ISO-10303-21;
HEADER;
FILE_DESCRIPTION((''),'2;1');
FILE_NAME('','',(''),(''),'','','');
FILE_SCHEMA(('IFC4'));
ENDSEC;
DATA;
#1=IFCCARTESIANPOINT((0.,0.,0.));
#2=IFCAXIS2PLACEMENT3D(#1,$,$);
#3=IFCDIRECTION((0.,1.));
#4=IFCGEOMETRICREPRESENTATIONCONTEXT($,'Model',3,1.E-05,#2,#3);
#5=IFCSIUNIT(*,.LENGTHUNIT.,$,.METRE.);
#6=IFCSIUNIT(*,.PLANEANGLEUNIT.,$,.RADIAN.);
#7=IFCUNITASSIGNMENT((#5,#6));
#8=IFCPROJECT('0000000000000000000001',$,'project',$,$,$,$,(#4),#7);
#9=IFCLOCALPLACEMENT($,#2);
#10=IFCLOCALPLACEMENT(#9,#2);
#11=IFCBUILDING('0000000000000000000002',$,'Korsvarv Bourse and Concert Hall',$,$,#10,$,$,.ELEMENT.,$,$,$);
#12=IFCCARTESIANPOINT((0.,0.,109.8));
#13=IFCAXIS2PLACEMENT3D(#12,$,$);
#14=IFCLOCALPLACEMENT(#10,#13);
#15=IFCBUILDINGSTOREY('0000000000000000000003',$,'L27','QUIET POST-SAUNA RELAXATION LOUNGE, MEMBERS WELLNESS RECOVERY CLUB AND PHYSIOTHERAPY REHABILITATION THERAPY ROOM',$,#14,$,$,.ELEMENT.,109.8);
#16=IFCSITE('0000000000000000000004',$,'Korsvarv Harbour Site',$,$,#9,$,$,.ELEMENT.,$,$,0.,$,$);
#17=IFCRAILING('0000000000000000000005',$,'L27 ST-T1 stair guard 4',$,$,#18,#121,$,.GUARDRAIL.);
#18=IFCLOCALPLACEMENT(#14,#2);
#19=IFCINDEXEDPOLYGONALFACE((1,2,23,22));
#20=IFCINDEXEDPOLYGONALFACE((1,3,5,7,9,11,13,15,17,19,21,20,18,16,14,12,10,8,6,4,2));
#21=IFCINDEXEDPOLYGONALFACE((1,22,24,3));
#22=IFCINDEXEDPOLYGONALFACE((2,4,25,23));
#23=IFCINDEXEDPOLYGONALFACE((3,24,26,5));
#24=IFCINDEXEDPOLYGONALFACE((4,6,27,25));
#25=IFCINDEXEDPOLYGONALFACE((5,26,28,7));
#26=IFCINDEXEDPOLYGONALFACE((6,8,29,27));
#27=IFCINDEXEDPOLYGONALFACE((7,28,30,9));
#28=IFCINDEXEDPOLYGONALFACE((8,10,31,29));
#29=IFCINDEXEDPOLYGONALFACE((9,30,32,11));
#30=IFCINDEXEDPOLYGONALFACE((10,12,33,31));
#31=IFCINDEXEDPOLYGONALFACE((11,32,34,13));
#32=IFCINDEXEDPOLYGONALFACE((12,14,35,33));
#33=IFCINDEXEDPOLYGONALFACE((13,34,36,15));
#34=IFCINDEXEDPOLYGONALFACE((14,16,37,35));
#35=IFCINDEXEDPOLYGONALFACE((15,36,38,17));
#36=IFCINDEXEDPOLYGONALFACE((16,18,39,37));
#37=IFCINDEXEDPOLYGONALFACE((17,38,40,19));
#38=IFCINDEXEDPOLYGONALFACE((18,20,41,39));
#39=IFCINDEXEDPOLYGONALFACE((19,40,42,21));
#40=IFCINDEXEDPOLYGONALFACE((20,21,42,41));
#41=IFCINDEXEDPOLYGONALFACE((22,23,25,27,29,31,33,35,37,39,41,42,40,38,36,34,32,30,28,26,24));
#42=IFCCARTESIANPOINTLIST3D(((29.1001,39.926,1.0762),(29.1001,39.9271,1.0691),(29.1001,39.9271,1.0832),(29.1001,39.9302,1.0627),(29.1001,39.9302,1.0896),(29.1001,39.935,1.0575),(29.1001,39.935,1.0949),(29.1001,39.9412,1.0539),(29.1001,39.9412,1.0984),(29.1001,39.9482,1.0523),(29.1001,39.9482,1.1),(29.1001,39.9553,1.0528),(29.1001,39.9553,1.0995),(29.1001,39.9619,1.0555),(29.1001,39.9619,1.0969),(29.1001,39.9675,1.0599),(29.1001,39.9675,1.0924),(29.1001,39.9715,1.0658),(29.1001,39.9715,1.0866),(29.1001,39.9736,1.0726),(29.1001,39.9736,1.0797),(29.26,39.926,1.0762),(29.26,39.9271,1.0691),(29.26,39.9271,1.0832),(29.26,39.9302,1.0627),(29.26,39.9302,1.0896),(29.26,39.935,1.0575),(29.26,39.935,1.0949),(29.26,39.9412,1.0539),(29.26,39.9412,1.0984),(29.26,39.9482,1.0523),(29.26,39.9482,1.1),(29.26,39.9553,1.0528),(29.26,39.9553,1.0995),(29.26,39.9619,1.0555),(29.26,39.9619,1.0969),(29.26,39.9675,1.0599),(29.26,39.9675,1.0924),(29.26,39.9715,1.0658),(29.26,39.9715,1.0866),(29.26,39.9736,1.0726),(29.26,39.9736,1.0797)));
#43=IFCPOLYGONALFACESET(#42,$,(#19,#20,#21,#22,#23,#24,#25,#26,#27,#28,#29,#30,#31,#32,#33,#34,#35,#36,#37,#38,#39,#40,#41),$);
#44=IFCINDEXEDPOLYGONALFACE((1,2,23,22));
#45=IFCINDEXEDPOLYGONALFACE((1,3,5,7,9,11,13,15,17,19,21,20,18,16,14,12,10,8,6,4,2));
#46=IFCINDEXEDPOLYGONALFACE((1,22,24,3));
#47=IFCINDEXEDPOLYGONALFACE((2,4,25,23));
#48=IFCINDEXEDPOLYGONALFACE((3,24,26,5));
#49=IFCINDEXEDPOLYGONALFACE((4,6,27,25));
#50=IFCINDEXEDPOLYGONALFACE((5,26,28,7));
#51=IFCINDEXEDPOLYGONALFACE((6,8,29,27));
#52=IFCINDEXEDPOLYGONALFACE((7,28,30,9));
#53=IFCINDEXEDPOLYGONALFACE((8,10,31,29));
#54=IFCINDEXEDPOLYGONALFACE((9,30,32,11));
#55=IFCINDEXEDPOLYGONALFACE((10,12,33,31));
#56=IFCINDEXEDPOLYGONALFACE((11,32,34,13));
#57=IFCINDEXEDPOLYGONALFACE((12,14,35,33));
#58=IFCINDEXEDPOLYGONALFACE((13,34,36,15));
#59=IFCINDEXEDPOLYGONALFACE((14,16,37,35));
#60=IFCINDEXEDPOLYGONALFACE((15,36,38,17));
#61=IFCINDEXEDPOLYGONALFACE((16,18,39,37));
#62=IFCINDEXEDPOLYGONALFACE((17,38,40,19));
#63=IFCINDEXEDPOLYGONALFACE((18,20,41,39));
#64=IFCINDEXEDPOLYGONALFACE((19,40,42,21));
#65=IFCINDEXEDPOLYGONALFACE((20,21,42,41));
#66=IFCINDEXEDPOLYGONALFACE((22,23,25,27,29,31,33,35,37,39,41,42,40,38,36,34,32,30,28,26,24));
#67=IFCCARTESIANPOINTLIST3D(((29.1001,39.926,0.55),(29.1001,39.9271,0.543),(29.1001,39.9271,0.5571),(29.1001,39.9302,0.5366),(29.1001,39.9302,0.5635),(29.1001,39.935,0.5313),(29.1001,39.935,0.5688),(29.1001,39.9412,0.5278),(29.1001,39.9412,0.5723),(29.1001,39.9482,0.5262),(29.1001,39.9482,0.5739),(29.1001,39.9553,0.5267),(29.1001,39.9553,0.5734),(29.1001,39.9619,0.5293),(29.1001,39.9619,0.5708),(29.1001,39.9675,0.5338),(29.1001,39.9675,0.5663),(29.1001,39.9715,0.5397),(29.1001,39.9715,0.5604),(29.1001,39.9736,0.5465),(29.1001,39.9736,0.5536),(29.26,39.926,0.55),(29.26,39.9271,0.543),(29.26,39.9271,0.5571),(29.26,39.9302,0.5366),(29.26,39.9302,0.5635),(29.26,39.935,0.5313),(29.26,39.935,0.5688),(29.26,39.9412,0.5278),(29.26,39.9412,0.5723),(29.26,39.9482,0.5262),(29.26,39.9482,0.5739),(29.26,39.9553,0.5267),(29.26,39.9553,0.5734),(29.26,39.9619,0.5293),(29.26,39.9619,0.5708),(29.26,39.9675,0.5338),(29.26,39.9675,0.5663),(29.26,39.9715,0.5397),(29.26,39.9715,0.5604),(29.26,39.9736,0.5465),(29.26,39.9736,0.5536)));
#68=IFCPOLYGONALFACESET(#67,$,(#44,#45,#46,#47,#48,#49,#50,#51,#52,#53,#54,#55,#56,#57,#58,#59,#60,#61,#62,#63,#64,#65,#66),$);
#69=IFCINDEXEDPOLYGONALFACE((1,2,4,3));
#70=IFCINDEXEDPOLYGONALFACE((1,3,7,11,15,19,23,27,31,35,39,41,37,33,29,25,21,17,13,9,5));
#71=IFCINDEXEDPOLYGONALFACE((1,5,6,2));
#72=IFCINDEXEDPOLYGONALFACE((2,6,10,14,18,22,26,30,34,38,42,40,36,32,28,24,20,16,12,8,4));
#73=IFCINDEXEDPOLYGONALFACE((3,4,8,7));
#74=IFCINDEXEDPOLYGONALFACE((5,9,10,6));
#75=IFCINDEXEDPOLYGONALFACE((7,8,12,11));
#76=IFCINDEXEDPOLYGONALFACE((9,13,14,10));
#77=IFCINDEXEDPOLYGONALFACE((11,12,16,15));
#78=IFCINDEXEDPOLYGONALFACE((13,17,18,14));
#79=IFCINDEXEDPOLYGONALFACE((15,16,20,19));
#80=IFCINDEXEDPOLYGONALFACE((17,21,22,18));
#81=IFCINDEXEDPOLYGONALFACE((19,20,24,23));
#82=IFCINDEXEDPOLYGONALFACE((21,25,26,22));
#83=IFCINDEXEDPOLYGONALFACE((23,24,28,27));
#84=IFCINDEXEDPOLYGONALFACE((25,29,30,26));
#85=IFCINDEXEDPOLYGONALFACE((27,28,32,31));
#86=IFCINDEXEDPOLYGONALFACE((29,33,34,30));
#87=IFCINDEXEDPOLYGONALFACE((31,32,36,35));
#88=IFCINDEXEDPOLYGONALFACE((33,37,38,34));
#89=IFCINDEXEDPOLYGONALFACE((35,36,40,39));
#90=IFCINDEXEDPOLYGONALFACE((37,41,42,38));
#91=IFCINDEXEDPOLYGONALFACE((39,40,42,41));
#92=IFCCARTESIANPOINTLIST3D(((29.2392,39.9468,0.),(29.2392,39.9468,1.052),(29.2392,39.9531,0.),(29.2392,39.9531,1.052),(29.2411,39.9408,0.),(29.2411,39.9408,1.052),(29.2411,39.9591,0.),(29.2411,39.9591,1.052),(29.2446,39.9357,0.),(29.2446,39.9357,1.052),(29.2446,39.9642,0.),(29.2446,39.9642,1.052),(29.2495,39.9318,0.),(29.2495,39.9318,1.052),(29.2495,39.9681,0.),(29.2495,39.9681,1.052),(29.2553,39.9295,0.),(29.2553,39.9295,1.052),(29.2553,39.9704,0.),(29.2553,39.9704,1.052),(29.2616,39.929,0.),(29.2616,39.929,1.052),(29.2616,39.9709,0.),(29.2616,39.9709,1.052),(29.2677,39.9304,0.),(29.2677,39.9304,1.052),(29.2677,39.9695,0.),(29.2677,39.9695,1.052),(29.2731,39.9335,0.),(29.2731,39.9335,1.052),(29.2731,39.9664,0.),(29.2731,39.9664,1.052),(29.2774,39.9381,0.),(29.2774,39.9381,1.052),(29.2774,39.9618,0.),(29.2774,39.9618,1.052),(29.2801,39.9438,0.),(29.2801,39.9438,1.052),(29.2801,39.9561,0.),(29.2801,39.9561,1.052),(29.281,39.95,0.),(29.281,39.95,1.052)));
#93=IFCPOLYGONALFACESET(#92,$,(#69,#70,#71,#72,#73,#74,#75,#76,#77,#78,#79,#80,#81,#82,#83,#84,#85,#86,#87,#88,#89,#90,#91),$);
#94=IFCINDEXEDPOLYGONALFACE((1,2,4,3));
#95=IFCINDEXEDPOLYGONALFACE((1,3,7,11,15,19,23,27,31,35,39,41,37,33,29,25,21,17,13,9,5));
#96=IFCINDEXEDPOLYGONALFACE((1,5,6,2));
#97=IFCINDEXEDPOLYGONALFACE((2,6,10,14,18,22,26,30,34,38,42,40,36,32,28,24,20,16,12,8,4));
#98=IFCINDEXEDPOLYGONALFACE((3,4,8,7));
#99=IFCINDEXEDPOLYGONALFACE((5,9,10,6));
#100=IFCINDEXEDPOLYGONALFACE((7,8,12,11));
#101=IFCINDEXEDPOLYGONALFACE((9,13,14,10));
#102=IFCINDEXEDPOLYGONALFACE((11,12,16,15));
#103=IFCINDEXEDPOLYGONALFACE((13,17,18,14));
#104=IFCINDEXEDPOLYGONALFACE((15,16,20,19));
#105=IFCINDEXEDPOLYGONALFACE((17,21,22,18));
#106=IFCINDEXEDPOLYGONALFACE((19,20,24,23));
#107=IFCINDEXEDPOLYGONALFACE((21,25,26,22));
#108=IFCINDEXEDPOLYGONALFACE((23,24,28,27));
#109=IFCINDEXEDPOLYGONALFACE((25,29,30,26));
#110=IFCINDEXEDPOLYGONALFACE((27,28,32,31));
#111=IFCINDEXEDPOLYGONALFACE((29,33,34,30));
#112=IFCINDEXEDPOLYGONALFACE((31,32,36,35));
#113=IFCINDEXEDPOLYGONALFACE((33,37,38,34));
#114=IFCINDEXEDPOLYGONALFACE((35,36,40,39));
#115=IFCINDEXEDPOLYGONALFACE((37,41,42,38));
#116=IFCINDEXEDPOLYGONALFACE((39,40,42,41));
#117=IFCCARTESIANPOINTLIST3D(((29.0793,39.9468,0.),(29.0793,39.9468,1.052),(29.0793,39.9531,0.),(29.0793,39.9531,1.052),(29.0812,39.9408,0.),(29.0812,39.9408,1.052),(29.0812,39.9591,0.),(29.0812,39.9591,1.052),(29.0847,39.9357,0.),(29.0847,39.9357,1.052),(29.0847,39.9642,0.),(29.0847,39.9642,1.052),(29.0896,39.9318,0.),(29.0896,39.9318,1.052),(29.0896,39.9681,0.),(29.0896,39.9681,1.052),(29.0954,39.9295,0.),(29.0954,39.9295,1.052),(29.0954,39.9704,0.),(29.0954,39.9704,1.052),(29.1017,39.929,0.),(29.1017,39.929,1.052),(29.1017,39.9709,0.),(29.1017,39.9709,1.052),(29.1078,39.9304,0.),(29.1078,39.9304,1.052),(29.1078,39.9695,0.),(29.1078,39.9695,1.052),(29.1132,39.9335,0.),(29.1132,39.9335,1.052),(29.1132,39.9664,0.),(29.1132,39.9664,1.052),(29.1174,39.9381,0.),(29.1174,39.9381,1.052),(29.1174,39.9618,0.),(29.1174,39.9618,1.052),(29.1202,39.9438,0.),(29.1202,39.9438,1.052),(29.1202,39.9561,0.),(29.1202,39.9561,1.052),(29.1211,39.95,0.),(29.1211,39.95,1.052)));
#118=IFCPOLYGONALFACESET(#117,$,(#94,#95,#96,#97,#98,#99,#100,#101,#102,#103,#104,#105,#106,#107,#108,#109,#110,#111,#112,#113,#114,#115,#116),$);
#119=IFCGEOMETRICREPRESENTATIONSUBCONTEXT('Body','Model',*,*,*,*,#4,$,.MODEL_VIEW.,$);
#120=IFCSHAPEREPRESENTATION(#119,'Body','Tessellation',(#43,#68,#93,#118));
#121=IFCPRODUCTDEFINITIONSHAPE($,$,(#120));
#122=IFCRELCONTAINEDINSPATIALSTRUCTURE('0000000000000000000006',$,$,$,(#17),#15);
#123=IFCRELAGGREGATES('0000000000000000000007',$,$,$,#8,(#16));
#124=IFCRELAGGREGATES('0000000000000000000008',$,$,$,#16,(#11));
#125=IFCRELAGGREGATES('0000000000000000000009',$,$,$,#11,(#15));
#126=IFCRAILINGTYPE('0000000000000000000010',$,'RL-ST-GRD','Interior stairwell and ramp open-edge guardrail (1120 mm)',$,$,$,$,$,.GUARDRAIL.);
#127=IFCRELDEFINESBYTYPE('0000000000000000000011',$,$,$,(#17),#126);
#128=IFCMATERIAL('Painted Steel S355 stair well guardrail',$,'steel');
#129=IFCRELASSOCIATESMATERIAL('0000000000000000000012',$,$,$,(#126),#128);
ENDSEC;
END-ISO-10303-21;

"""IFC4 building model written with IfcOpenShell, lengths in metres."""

from ifc_helpers import new_model, si_unit, direction, frame, origin, origin_2d, place, context, subcontext, project, spatial, circle, extrude, material, type_object, element, save


model = new_model("IFC4")

# Units and contexts
model_context = context("Model", 3, precision=1e-05, world=origin(), true_north=direction((0.0, 1.0)))
body_context = subcontext(model_context, "Body", "Model", "MODEL_VIEW")
ifc_project = project(units=[si_unit("LENGTHUNIT", "METRE"), si_unit("PLANEANGLEUNIT", "RADIAN")], contexts=[model_context])

# Site, building, storey
site_placement = place(None, origin())
site = spatial("IfcSite", under=ifc_project, at=site_placement, Name="Korsvarv Harbour Site", CompositionType="ELEMENT", RefElevation=0.0)
building_placement = place(site_placement, origin())
building = spatial("IfcBuilding", under=site, at=building_placement, Name="Korsvarv Bourse and Concert Hall", CompositionType="ELEMENT")
storey_placement = place(building_placement, frame((0.0, 0.0, 109.8)))
storey = spatial("IfcBuildingStorey", under=building, at=storey_placement, Name="L27", Description="QUIET POST-SAUNA RELAXATION LOUNGE, MEMBERS WELLNESS RECOVERY CLUB AND PHYSIOTHERAPY REHABILITATION THERAPY ROOM", CompositionType="ELEMENT", Elevation=109.8)

# Railing
ifc_material_1 = material(Name="Painted Steel S355 stair well guardrail", Category="steel")
railing_type_1 = type_object("IfcRailingType", Name="RL-ST-GRD", Description="Interior stairwell and ramp open-edge guardrail (1120 mm)", PredefinedType="GUARDRAIL", material=ifc_material_1)
railing_1_placement = place(storey_placement, frame((29.26, 39.95, 0.0)))
element("IfcRailing", 1, at=railing_1_placement, inside=storey, type_object=railing_type_1, Name="L27 ST-T1 stair guard 4", PredefinedType="GUARDRAIL", context=body_context, shape_type="SweptSolid", body=[
    extrude(circle(Radius=0.0239, at=origin_2d()), frame((0.0, 0.0, 1.0762), z_axis=(-1.0, 0.0, 0.0), x_axis=(0.0, -1.0, 0.0)), (0.0, 0.0, 1.0), 0.1599),
    extrude(circle(Radius=0.0239, at=origin_2d()), frame((0.0, 0.0, 0.55), z_axis=(-1.0, 0.0, 0.0), x_axis=(0.0, -1.0, 0.0)), (0.0, 0.0, 1.0), 0.1599),
    extrude(circle(Radius=0.021, at=origin_2d()), origin(), (0.0, 0.0, 1.0), 1.052),
    extrude(circle(Radius=0.021, at=origin_2d()), frame((-0.1599, 0.0, 0.0)), (0.0, 0.0, 1.0), 1.052),
])

save(model, "model.ifc")
